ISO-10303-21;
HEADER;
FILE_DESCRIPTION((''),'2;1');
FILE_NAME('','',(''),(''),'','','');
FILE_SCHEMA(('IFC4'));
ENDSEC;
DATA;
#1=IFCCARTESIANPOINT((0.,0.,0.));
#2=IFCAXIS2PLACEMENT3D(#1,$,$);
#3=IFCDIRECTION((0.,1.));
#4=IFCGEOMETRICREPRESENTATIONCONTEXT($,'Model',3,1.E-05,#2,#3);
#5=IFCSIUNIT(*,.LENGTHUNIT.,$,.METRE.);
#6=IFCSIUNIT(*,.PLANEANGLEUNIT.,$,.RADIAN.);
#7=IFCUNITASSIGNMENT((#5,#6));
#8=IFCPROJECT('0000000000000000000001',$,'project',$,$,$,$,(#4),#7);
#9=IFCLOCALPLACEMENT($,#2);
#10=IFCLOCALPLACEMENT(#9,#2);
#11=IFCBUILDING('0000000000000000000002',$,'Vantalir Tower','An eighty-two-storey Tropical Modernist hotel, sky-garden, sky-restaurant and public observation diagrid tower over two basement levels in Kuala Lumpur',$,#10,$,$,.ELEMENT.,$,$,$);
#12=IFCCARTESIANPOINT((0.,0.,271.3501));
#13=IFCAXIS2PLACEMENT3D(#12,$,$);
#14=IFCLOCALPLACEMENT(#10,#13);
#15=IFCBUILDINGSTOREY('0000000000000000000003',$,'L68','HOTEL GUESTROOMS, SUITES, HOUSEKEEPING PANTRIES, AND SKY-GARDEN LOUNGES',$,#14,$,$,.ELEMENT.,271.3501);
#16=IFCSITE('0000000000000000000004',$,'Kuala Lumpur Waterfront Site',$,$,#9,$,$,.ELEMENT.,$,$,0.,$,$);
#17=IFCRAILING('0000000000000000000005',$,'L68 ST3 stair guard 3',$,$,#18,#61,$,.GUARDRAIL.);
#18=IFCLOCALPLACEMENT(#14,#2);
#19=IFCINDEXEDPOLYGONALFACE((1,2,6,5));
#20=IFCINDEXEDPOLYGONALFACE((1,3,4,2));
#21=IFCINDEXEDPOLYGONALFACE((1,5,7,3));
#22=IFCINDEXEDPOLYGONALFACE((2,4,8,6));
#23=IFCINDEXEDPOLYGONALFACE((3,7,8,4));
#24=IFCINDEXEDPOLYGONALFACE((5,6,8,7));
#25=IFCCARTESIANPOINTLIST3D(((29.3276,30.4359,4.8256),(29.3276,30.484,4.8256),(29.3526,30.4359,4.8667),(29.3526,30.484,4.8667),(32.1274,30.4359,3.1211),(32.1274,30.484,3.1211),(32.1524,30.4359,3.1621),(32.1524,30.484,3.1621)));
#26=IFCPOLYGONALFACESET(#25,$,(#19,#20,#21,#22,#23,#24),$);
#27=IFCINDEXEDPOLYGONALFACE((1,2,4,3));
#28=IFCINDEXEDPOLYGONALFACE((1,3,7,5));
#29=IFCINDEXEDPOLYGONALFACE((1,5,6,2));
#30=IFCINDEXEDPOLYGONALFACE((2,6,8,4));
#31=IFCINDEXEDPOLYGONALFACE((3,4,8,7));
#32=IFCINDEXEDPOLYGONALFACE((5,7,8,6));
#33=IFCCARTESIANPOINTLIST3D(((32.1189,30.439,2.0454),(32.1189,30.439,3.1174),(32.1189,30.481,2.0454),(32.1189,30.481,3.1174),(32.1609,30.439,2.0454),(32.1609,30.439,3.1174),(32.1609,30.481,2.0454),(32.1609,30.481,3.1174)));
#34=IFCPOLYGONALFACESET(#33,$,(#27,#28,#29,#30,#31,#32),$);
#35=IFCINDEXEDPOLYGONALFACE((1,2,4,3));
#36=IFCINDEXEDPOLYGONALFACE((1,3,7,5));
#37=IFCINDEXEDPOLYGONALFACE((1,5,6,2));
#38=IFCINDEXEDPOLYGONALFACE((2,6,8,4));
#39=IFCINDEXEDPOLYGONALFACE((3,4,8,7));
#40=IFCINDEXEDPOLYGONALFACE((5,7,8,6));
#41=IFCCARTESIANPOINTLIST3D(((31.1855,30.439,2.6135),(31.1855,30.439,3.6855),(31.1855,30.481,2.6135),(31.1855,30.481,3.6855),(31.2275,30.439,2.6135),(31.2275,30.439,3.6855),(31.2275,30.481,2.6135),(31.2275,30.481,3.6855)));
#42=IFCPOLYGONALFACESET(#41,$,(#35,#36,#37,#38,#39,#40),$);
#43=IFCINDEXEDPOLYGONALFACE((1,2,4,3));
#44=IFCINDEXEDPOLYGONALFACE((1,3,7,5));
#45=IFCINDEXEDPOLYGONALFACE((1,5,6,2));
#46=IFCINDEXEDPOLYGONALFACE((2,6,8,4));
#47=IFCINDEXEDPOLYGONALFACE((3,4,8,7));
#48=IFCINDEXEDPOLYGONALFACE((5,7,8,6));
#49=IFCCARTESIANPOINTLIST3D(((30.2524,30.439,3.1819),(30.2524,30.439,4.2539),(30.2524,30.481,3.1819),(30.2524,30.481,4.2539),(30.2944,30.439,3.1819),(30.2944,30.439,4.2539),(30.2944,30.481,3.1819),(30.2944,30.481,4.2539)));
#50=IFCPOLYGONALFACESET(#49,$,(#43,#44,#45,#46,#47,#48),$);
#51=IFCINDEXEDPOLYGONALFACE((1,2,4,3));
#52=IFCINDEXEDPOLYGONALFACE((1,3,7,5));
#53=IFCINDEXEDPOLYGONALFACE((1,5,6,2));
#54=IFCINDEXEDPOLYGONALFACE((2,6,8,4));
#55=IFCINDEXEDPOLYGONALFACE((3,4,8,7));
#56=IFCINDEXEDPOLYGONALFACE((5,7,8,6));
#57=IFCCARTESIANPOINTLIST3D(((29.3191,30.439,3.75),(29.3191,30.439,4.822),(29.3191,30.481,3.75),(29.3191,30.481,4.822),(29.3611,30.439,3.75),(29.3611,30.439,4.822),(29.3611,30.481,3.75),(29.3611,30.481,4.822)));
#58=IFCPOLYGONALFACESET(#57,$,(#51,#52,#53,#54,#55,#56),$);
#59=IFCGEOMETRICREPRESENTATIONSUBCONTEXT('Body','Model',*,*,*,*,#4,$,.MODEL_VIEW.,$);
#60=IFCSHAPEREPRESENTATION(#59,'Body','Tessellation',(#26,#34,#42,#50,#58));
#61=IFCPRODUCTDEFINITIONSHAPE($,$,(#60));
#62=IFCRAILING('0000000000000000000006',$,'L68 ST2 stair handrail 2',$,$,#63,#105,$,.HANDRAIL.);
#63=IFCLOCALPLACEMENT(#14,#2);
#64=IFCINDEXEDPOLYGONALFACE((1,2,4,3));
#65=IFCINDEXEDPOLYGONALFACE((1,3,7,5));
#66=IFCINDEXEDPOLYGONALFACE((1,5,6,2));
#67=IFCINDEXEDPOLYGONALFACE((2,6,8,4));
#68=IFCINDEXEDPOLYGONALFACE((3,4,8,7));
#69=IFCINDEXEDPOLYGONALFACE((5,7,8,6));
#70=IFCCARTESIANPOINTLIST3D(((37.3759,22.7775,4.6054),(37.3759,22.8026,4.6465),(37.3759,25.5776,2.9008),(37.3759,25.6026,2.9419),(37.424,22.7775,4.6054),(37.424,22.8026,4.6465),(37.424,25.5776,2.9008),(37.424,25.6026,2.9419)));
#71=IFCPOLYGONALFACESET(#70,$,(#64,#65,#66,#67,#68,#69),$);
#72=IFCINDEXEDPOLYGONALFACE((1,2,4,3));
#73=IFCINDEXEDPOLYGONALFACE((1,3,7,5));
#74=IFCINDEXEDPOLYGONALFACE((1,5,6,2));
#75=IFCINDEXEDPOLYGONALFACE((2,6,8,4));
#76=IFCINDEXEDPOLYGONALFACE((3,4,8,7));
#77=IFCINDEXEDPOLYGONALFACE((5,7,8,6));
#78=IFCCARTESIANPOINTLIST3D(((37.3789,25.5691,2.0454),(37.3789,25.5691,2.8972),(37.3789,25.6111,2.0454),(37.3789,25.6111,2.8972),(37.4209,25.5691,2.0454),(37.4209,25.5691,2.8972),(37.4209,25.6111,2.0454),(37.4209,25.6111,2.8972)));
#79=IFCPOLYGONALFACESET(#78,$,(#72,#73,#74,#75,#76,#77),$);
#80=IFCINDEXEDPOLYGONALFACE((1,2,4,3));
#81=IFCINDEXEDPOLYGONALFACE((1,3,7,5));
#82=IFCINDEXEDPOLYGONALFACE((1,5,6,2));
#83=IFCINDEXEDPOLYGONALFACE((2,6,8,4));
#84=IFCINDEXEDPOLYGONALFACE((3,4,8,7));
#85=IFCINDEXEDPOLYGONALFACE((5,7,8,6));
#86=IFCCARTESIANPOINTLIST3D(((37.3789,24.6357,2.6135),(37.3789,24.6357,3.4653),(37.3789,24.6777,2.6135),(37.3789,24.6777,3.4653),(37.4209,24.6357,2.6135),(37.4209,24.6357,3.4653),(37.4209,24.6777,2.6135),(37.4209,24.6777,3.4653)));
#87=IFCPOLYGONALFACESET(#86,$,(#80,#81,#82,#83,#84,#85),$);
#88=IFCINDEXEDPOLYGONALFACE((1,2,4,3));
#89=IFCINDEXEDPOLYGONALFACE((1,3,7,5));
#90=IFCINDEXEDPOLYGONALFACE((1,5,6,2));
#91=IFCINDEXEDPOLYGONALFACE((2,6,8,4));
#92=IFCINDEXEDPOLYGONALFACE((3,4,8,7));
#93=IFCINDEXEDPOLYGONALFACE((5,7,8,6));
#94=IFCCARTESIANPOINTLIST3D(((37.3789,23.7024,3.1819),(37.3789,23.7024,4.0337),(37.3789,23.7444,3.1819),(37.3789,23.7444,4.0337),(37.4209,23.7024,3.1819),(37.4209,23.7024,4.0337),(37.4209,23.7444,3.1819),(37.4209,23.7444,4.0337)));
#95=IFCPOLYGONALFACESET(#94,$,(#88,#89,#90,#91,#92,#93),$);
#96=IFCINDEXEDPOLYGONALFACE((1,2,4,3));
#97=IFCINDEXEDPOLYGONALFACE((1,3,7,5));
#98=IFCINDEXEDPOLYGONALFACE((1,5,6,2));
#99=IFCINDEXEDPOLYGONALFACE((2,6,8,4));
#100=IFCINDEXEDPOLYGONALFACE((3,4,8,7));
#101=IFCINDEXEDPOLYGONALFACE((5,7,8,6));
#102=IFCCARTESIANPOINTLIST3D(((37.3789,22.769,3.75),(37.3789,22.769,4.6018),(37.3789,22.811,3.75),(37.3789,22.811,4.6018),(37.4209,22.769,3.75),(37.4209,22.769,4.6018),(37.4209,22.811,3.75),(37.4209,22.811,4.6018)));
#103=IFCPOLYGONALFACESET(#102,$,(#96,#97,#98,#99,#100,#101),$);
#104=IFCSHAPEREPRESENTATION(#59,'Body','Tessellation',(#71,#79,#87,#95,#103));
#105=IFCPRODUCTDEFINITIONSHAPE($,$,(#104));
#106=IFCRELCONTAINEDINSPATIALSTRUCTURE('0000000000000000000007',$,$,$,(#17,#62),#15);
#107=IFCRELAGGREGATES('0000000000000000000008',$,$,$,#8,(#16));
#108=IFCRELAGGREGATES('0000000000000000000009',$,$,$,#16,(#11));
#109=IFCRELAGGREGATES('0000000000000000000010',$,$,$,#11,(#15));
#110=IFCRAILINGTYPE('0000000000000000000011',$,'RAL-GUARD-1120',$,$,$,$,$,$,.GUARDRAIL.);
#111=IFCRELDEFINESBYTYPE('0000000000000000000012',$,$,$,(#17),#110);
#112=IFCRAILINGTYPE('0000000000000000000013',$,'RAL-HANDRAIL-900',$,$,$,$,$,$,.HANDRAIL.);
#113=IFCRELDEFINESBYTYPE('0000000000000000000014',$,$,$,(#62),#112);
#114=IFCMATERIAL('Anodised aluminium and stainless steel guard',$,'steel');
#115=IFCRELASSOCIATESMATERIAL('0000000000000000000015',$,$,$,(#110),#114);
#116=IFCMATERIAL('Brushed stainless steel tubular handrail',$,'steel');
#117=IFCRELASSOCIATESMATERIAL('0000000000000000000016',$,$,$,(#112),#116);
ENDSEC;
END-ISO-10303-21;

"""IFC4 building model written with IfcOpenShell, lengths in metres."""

from ifc_helpers import new_model, si_unit, direction, frame, origin, origin_2d, place, context, subcontext, project, spatial, rectangle, extrude, material, type_object, element, save


model = new_model("IFC4")

# Units and contexts
model_context = context("Model", 3, precision=1e-05, world=origin(), true_north=direction((0.0, 1.0)))
body_context = subcontext(model_context, "Body", "Model", "MODEL_VIEW")
ifc_project = project(units=[si_unit("LENGTHUNIT", "METRE"), si_unit("PLANEANGLEUNIT", "RADIAN")], contexts=[model_context])

# Site, building, storey
site_placement = place(None, origin())
site = spatial("IfcSite", under=ifc_project, at=site_placement, Name="Kuala Lumpur Waterfront Site", CompositionType="ELEMENT", RefElevation=0.0)
building_placement = place(site_placement, origin())
building = spatial("IfcBuilding", under=site, at=building_placement, Name="Vantalir Tower", Description="An eighty-two-storey Tropical Modernist hotel, sky-garden, sky-restaurant and public observation diagrid tower over two basement levels in Kuala Lumpur", CompositionType="ELEMENT")
storey_placement = place(building_placement, frame((0.0, 0.0, 271.3501)))
storey = spatial("IfcBuildingStorey", under=building, at=storey_placement, Name="L68", Description="HOTEL GUESTROOMS, SUITES, HOUSEKEEPING PANTRIES, AND SKY-GARDEN LOUNGES", CompositionType="ELEMENT", Elevation=271.3501)

# Railings
ifc_material_1 = material(Name="Anodised aluminium and stainless steel guard", Category="steel")
railing_type_1 = type_object("IfcRailingType", Name="RAL-GUARD-1120", PredefinedType="GUARDRAIL", material=ifc_material_1)
railing_1_placement = place(storey_placement, frame((32.1399, 30.46, 2.0454)))
element("IfcRailing", 1, at=railing_1_placement, inside=storey, type_object=railing_type_1, Name="L68 ST3 stair guard 3", PredefinedType="GUARDRAIL", context=body_context, shape_type="SweptSolid", body=[
    extrude(rectangle(XDim=0.0481, YDim=0.0481, at=origin_2d()), frame((0.0, 0.0, 1.0962), z_axis=(-0.85415, 0.0, 0.520027), x_axis=(0.0, -1.0, 0.0)), (0.0, 0.0, 1.0), 3.2778),
    extrude(rectangle(XDim=0.042, YDim=0.042, at=origin_2d()), origin(), (0.0, 0.0, 1.0), 1.072),
    extrude(rectangle(XDim=0.042, YDim=0.042, at=origin_2d()), frame((-0.9333, 0.0, 0.5681)), (0.0, 0.0, 1.0), 1.072),
    extrude(rectangle(XDim=0.042, YDim=0.042, at=origin_2d()), frame((-1.8665, 0.0, 1.1365)), (0.0, 0.0, 1.0), 1.072),
    extrude(rectangle(XDim=0.042, YDim=0.042, at=origin_2d()), frame((-2.7998, 0.0, 1.7046)), (0.0, 0.0, 1.0), 1.072),
])
ifc_material_2 = material(Name="Brushed stainless steel tubular handrail", Category="steel")
railing_type_2 = type_object("IfcRailingType", Name="RAL-HANDRAIL-900", PredefinedType="HANDRAIL", material=ifc_material_2)
railing_2_placement = place(storey_placement, frame((37.3999, 25.5901, 2.0454)))
element("IfcRailing", 2, at=railing_2_placement, inside=storey, type_object=railing_type_2, Name="L68 ST2 stair handrail 2", PredefinedType="HANDRAIL", context=body_context, shape_type="SweptSolid", body=[
    extrude(rectangle(XDim=0.0481, YDim=0.0481, at=origin_2d()), frame((0.0, 0.0, 0.876), z_axis=(0.0, -0.85417, 0.519994), x_axis=(1.0, 0.0, 0.0)), (0.0, 0.0, 1.0), 3.2781),
    extrude(rectangle(XDim=0.042, YDim=0.042, at=origin_2d()), origin(), (0.0, 0.0, 1.0), 0.8518),
    extrude(rectangle(XDim=0.042, YDim=0.042, at=origin_2d()), frame((0.0, -0.9333, 0.5681)), (0.0, 0.0, 1.0), 0.8518),
    extrude(rectangle(XDim=0.042, YDim=0.042, at=origin_2d()), frame((0.0, -1.8667, 1.1365)), (0.0, 0.0, 1.0), 0.8518),
    extrude(rectangle(XDim=0.042, YDim=0.042, at=origin_2d()), frame((0.0, -2.8, 1.7046)), (0.0, 0.0, 1.0), 0.8518),
])

save(model, "model.ifc")
